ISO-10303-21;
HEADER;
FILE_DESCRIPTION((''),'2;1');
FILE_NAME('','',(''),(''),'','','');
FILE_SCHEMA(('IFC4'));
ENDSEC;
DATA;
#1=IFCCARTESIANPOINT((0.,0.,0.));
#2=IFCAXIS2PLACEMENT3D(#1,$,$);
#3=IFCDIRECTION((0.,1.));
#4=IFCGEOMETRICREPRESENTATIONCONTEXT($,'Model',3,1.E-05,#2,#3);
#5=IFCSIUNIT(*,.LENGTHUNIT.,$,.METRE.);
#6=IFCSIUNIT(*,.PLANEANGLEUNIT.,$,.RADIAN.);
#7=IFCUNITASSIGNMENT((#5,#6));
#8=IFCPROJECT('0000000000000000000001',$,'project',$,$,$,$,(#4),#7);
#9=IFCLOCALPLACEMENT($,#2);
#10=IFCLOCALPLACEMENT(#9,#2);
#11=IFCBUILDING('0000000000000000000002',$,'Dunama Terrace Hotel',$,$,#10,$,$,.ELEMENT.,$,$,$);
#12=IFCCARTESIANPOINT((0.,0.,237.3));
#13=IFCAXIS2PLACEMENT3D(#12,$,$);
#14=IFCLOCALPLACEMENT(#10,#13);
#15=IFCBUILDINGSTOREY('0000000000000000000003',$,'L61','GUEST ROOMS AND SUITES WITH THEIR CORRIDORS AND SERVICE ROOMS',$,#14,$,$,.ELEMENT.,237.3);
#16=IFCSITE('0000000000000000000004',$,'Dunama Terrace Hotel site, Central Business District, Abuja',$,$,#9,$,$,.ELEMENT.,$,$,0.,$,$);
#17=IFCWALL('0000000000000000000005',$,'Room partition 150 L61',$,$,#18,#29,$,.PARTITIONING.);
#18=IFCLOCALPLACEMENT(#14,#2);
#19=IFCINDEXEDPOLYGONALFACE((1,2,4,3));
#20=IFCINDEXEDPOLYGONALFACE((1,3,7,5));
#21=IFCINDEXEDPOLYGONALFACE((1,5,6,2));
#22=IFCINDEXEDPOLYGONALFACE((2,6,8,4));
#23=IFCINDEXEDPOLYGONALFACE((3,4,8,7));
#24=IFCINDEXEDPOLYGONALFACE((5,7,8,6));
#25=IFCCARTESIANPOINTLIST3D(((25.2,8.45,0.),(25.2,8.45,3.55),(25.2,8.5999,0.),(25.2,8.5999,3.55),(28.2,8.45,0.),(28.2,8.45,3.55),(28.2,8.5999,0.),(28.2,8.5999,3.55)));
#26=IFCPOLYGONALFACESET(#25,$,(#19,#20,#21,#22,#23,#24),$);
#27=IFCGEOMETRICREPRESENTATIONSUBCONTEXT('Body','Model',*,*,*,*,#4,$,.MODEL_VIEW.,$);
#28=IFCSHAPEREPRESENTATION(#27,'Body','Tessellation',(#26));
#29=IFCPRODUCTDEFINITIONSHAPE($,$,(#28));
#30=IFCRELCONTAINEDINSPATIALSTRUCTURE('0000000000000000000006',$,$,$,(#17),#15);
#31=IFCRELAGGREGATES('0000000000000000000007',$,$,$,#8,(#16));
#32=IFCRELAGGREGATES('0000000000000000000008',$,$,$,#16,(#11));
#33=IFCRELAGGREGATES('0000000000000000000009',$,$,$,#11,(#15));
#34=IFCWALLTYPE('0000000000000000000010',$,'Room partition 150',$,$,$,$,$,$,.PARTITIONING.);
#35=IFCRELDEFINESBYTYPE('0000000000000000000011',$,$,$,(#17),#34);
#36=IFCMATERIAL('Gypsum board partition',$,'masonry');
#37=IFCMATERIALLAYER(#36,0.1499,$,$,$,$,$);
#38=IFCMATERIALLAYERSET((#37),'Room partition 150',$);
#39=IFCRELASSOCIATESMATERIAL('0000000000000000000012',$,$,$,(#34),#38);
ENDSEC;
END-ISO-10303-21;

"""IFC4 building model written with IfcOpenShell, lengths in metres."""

from ifc_helpers import new_model, si_unit, direction, frame, frame_2d, origin, place, context, subcontext, project, spatial, rectangle, extrude, material, layer, layer_set, type_object, element, save


model = new_model("IFC4")

# Units and contexts
model_context = context("Model", 3, precision=1e-05, world=origin(), true_north=direction((0.0, 1.0)))
body_context = subcontext(model_context, "Body", "Model", "MODEL_VIEW")
ifc_project = project(units=[si_unit("LENGTHUNIT", "METRE"), si_unit("PLANEANGLEUNIT", "RADIAN")], contexts=[model_context])

# Site, building, storey
site_placement = place(None, origin())
site = spatial("IfcSite", under=ifc_project, at=site_placement, Name="Dunama Terrace Hotel site, Central Business District, Abuja", CompositionType="ELEMENT", RefElevation=0.0)
building_placement = place(site_placement, origin())
building = spatial("IfcBuilding", under=site, at=building_placement, Name="Dunama Terrace Hotel", CompositionType="ELEMENT")
storey_placement = place(building_placement, frame((0.0, 0.0, 237.3)))
storey = spatial("IfcBuildingStorey", under=building, at=storey_placement, Name="L61", Description="GUEST ROOMS AND SUITES WITH THEIR CORRIDORS AND SERVICE ROOMS", CompositionType="ELEMENT", Elevation=237.3)

# Shared definitions
ifc_material_1 = material(Name="Gypsum board partition", Category="masonry")
ifc_layer_1 = layer(ifc_material_1, 0.1499)
ifc_layer_set_1 = layer_set([ifc_layer_1], Name="Room partition 150")
wall_type_1 = type_object("IfcWallType", Name="Room partition 150", PredefinedType="PARTITIONING", material=ifc_layer_set_1)

# Wall
wall_1_placement = place(storey_placement, frame((25.2, 8.5249, 0.0), z_axis=(0.0, 0.0, 1.0), x_axis=(1.0, 0.0, 0.0)))
element("IfcWall", 1, at=wall_1_placement, inside=storey, type_object=wall_type_1, Name="Room partition 150 L61", PredefinedType="PARTITIONING", context=body_context, shape_type="SweptSolid", body=[
    extrude(rectangle(XDim=3.0, YDim=0.1499, at=frame_2d((1.5, 0.0))), origin(), (0.0, 0.0, 1.0), 3.55),
])

save(model, "model.ifc")
